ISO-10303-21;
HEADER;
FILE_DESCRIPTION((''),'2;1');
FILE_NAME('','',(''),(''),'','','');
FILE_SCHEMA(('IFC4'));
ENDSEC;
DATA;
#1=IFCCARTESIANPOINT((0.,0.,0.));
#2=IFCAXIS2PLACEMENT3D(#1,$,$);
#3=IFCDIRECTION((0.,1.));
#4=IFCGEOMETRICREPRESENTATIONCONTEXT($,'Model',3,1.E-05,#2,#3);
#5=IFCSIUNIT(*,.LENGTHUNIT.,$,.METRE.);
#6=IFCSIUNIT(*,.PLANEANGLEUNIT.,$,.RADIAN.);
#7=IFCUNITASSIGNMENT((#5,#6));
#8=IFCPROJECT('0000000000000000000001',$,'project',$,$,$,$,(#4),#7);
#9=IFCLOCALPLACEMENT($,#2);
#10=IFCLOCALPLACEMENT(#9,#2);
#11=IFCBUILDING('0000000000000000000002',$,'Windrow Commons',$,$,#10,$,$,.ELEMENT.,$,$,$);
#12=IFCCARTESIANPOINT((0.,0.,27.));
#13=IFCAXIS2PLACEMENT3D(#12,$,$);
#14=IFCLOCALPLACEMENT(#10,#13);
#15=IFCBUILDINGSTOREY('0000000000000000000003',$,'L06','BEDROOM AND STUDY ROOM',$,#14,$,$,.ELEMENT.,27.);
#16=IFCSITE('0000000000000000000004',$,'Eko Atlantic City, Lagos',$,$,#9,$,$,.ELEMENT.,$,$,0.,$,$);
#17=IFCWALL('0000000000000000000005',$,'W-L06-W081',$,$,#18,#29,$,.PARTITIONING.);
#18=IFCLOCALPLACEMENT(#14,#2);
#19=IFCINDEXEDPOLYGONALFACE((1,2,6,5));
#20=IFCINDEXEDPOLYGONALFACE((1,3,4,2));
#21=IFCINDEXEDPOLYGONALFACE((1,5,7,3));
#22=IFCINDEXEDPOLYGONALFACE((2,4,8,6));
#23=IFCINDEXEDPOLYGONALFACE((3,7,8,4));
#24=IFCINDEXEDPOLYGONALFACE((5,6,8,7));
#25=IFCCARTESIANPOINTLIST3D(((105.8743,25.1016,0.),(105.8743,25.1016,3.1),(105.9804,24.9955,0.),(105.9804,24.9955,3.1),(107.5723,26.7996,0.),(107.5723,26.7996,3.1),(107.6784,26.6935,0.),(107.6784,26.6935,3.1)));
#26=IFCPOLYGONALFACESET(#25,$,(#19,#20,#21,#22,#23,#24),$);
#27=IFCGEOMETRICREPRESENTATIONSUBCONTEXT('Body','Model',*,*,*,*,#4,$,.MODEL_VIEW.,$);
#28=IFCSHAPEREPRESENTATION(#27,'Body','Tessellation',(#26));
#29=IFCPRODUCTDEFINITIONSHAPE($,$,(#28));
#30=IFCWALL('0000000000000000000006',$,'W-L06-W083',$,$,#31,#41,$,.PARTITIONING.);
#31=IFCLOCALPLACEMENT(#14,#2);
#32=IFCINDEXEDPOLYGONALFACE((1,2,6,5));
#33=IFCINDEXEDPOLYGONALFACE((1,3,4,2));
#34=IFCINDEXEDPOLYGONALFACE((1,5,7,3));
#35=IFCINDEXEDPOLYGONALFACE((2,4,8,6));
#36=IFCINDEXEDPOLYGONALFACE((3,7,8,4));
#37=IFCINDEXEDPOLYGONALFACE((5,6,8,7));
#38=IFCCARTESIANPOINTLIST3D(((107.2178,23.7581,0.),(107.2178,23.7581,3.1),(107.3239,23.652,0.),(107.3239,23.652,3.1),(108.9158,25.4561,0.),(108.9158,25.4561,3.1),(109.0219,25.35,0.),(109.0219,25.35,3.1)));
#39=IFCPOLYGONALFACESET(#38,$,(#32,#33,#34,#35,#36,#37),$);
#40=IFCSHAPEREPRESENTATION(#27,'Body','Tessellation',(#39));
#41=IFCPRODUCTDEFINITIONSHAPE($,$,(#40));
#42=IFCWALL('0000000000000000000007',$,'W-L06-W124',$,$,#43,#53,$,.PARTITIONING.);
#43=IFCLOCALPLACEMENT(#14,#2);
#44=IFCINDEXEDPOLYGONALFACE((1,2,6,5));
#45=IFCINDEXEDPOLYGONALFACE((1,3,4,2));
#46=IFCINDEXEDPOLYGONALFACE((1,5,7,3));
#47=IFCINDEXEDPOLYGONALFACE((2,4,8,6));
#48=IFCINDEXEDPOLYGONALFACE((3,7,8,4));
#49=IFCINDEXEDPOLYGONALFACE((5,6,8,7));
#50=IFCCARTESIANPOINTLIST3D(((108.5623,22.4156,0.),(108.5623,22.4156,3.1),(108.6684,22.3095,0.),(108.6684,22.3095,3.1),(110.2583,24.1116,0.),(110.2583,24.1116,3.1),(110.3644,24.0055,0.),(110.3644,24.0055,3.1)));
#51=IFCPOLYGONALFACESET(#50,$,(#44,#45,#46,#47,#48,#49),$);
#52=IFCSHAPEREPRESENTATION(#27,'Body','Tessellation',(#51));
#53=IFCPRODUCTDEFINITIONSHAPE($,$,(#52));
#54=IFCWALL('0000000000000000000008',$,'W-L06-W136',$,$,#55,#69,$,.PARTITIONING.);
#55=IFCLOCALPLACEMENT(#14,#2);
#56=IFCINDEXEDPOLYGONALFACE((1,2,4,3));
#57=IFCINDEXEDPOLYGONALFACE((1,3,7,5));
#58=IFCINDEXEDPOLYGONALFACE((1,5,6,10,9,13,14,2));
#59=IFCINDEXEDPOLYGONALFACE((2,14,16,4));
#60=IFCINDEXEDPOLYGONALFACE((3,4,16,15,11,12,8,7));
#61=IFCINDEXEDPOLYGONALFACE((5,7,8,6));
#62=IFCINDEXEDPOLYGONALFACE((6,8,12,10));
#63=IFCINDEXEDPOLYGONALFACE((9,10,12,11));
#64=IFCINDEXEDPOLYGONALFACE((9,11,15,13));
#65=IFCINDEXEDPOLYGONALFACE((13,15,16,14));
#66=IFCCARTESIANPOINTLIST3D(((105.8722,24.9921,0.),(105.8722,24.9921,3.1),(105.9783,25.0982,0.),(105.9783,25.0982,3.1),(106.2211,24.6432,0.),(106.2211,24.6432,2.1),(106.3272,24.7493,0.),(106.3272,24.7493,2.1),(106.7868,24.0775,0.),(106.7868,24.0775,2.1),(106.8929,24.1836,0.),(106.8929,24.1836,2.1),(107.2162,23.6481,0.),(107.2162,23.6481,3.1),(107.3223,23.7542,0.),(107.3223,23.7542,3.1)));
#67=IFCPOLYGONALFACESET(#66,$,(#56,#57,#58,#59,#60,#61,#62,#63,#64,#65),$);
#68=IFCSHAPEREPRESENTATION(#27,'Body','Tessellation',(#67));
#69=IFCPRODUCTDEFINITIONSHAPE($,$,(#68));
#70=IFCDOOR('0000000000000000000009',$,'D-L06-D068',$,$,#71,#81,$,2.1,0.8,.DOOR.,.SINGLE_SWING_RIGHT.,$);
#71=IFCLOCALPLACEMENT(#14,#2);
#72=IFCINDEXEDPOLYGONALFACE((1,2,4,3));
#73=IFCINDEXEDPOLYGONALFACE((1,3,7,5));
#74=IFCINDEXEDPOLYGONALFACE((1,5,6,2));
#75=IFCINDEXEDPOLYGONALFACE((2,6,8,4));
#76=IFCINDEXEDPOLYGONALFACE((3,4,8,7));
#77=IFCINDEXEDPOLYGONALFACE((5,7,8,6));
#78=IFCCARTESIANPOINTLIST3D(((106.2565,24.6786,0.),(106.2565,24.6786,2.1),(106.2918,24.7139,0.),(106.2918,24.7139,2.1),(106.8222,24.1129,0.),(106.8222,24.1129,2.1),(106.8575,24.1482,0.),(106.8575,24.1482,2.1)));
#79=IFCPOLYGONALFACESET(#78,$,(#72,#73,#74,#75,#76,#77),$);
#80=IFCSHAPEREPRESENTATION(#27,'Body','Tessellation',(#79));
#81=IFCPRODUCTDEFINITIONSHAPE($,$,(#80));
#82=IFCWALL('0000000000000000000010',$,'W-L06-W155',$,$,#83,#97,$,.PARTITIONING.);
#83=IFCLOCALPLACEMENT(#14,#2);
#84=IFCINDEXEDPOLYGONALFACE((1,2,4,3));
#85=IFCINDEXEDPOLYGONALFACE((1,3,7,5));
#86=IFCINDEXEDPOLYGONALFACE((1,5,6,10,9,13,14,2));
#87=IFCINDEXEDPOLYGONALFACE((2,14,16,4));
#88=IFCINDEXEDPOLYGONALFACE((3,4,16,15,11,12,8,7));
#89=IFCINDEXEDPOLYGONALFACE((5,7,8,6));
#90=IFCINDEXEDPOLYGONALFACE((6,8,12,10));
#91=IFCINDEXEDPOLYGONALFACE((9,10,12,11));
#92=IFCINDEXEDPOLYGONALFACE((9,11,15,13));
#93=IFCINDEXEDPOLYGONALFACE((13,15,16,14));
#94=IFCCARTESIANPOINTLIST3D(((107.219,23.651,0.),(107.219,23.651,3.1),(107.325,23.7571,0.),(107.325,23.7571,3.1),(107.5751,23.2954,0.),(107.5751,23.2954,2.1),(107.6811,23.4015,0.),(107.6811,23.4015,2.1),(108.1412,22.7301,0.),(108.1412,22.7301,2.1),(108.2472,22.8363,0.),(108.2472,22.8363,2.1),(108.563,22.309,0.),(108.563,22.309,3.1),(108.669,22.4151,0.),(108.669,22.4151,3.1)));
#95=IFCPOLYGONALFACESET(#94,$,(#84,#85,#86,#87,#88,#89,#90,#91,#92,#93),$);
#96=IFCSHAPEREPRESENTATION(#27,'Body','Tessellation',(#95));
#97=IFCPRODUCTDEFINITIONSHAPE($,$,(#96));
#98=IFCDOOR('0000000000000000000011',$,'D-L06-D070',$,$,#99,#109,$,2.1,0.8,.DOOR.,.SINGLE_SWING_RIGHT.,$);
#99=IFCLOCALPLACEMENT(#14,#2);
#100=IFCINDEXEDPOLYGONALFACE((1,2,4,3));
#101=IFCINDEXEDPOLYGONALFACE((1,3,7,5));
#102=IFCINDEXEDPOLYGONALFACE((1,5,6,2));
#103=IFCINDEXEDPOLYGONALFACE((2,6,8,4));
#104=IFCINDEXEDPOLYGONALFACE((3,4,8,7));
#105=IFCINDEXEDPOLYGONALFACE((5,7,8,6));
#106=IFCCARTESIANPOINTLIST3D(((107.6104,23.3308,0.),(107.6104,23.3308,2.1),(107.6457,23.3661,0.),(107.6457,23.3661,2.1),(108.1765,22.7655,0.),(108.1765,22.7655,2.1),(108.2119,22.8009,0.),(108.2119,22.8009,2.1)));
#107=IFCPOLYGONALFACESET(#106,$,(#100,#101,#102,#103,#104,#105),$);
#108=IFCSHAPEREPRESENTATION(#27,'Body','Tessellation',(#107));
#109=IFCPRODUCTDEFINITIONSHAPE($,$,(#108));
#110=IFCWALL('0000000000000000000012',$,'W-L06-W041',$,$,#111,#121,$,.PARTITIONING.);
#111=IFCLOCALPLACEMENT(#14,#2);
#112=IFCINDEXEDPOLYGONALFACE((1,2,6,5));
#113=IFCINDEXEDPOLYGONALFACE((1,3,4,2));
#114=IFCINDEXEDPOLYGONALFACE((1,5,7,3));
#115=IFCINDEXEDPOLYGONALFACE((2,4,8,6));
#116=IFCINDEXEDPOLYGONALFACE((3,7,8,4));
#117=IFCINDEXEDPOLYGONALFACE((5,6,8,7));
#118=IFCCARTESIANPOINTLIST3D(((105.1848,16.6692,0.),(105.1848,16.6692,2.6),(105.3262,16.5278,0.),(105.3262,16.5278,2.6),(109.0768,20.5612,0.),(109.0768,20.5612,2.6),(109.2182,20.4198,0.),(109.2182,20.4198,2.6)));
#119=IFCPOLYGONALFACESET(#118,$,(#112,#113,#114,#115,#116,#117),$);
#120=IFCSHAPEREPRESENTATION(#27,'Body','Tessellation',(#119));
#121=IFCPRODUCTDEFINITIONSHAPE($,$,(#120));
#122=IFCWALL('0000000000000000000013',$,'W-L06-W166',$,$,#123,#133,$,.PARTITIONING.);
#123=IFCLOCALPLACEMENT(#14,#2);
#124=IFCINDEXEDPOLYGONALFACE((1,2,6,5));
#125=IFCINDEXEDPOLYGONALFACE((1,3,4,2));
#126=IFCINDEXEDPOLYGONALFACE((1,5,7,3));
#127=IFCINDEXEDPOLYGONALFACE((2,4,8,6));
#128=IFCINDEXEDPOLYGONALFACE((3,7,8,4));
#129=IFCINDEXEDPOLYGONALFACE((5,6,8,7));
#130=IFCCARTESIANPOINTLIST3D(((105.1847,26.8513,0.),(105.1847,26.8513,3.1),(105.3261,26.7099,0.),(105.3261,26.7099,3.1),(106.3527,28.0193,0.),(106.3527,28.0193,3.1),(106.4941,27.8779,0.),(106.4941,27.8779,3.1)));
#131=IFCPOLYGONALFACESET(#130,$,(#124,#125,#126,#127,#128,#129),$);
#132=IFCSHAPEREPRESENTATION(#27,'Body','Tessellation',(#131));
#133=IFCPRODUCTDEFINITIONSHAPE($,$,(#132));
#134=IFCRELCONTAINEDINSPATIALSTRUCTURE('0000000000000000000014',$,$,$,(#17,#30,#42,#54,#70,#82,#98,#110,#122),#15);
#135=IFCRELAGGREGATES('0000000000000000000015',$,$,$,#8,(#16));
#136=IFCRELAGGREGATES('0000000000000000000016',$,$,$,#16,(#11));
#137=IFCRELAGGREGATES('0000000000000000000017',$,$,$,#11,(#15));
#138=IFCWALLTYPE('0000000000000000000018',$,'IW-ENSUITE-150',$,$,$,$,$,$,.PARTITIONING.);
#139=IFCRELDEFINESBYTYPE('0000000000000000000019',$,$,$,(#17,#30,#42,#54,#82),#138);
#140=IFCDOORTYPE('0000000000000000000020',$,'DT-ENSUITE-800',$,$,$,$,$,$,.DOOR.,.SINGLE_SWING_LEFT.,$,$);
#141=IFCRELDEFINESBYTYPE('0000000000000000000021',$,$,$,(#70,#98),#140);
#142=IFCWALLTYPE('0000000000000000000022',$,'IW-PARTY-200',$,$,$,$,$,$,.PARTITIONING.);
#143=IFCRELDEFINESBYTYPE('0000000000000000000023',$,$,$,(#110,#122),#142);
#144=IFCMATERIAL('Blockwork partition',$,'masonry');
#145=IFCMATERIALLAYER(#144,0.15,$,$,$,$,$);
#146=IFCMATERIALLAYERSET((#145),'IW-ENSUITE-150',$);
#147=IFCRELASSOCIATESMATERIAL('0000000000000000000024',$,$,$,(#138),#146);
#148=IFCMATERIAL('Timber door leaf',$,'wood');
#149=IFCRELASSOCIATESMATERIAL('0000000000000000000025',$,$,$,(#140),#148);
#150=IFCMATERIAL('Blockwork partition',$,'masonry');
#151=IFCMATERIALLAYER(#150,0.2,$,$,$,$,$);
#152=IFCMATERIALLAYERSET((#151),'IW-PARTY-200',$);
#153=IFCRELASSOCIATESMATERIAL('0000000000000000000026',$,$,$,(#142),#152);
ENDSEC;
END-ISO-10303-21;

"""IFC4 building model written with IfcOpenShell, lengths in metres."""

from ifc_helpers import new_model, si_unit, direction, frame, frame_2d, origin, place, context, subcontext, project, spatial, rectangle, extrude, material, layer, layer_set, type_object, element, fill, save


model = new_model("IFC4")

# Units and contexts
model_context = context("Model", 3, precision=1e-05, world=origin(), true_north=direction((0.0, 1.0)))
body_context = subcontext(model_context, "Body", "Model", "MODEL_VIEW")
ifc_project = project(units=[si_unit("LENGTHUNIT", "METRE"), si_unit("PLANEANGLEUNIT", "RADIAN")], contexts=[model_context])

# Site, building, storey
site_placement = place(None, origin())
site = spatial("IfcSite", under=ifc_project, at=site_placement, Name="Eko Atlantic City, Lagos", CompositionType="ELEMENT", RefElevation=0.0)
building_placement = place(site_placement, origin())
building = spatial("IfcBuilding", under=site, at=building_placement, Name="Windrow Commons", CompositionType="ELEMENT")
storey_placement = place(building_placement, frame((0.0, 0.0, 27.0)))
storey = spatial("IfcBuildingStorey", under=building, at=storey_placement, Name="L06", Description="BEDROOM AND STUDY ROOM", CompositionType="ELEMENT", Elevation=27.0)

# Walls
ifc_material_1 = material(Name="Blockwork partition", Category="masonry")
ifc_layer_1 = layer(ifc_material_1, 0.15)
ifc_layer_set_1 = layer_set([ifc_layer_1], Name="IW-ENSUITE-150")
wall_type_1 = type_object("IfcWallType", Name="IW-ENSUITE-150", PredefinedType="PARTITIONING", material=ifc_layer_set_1)
for number, where, z_axis, x_axis, name in (
    (1, (105.9274, 25.0486, 0.0), (0.0, 0.0, 1.0), (0.707107, 0.707107, 0.0), "W-L06-W081"),
    (2, (107.2709, 23.7051, 0.0), (0.0, 0.0, 1.0), (0.707107, 0.707107, 0.0), "W-L06-W083"),
):
    element("IfcWall", number, at=place(storey_placement, frame(where, z_axis=z_axis, x_axis=x_axis)), inside=storey, type_object=wall_type_1, Name=name, PredefinedType="PARTITIONING", context=body_context, shape_type="SweptSolid", body=[
        extrude(rectangle(XDim=2.4013, YDim=0.15, at=frame_2d((1.2006, 0.0))), origin(), (0.0, 0.0, 1.0), 3.1),
    ])
wall_1_placement = place(storey_placement, frame((108.6154, 22.3626, 0.0), z_axis=(0.0, 0.0, 1.0), x_axis=(0.707107, 0.707107, 0.0)))
element("IfcWall", 3, at=wall_1_placement, inside=storey, type_object=wall_type_1, Name="W-L06-W124", PredefinedType="PARTITIONING", context=body_context, shape_type="SweptSolid", body=[
    extrude(rectangle(XDim=2.3985, YDim=0.15, at=frame_2d((1.1992, 0.0))), origin(), (0.0, 0.0, 1.0), 3.1),
])

# Walls, openings, doors
wall_2_placement = place(storey_placement, frame((105.9252, 25.0452, 0.0), z_axis=(0.0, 0.0, 1.0), x_axis=(0.707107, -0.707107, 0.0)))
wall_2 = element("IfcWall", 4, at=wall_2_placement, inside=storey, type_object=wall_type_1, Name="W-L06-W136", PredefinedType="PARTITIONING", context=body_context, shape_type="SweptSolid", body=[
    extrude(rectangle(XDim=1.9007, YDim=0.15, at=frame_2d((0.9504, 0.0))), origin(), (0.0, 0.0, 1.0), 3.1),
])
opening_1_placement = place(wall_2_placement, frame((0.4935, 0.0, 0.0)))
opening_1 = element("IfcOpeningElement", 5, at=opening_1_placement, cuts=wall_2, PredefinedType="OPENING", context=body_context, shape_type="SweptSolid", body=[
    extrude(rectangle(XDim=0.8, YDim=2.1, at=frame_2d((0.4, 1.05))), frame((0.0, 0.085, 0.0), z_axis=(0.0, -1.0, 0.0), x_axis=(1.0, 0.0, 0.0)), (0.0, 0.0, 1.0), 0.17),
])
ifc_material_2 = material(Name="Timber door leaf", Category="wood")
door_type = type_object("IfcDoorType", Name="DT-ENSUITE-800", OperationType="SINGLE_SWING_LEFT", PredefinedType="DOOR", material=ifc_material_2)
door_1_placement = place(opening_1_placement, origin())
door_1 = element("IfcDoor", 6, at=door_1_placement, inside=storey, type_object=door_type, Name="D-L06-D068", OperationType="SINGLE_SWING_RIGHT", OverallHeight=2.1, OverallWidth=0.8, PredefinedType="DOOR", context=body_context, shape_type="SweptSolid", body=[
    extrude(rectangle(XDim=0.8, YDim=2.1, at=frame_2d((0.4, 1.05))), frame((0.0, 0.025, 0.0), z_axis=(0.0, -1.0, 0.0), x_axis=(1.0, 0.0, 0.0)), (0.0, 0.0, 1.0), 0.05),
])
fill(opening_1, door_1)
wall_3_placement = place(storey_placement, frame((107.272, 23.704, 0.0), z_axis=(0.0, 0.0, 1.0), x_axis=(0.707633, -0.70658, 0.0)))
wall_3 = element("IfcWall", 7, at=wall_3_placement, inside=storey, type_object=wall_type_1, Name="W-L06-W155", PredefinedType="PARTITIONING", context=body_context, shape_type="SweptSolid", body=[
    extrude(rectangle(XDim=1.8993, YDim=0.15, at=frame_2d((0.9496, 0.0))), origin(), (0.0, 0.0, 1.0), 3.1),
])
opening_2_placement = place(wall_3_placement, frame((0.5032, 0.0, 0.0)))
opening_2 = element("IfcOpeningElement", 8, at=opening_2_placement, cuts=wall_3, PredefinedType="OPENING", context=body_context, shape_type="SweptSolid", body=[
    extrude(rectangle(XDim=0.8, YDim=2.1, at=frame_2d((0.4, 1.05))), frame((0.0, 0.085, 0.0), z_axis=(0.0, -1.0, 0.0), x_axis=(1.0, 0.0, 0.0)), (0.0, 0.0, 1.0), 0.17),
])
door_2_placement = place(opening_2_placement, origin())
door_2 = element("IfcDoor", 9, at=door_2_placement, inside=storey, type_object=door_type, Name="D-L06-D070", OperationType="SINGLE_SWING_RIGHT", OverallHeight=2.1, OverallWidth=0.8, PredefinedType="DOOR", context=body_context, shape_type="SweptSolid", body=[
    extrude(rectangle(XDim=0.8, YDim=2.1, at=frame_2d((0.4, 1.05))), frame((0.0, 0.025, 0.0), z_axis=(0.0, -1.0, 0.0), x_axis=(1.0, 0.0, 0.0)), (0.0, 0.0, 1.0), 0.05),
])
fill(opening_2, door_2)

# Walls
ifc_material_3 = material(Name="Blockwork partition", Category="masonry")
ifc_layer_2 = layer(ifc_material_3, 0.2)
ifc_layer_set_2 = layer_set([ifc_layer_2], Name="IW-PARTY-200")
wall_type_2 = type_object("IfcWallType", Name="IW-PARTY-200", PredefinedType="PARTITIONING", material=ifc_layer_set_2)
wall_4_placement = place(storey_placement, frame((105.2555, 16.5985, 0.0), z_axis=(0.0, 0.0, 1.0), x_axis=(0.707107, 0.707107, 0.0)))
element("IfcWall", 10, at=wall_4_placement, inside=storey, type_object=wall_type_2, Name="W-L06-W041", PredefinedType="PARTITIONING", context=body_context, shape_type="SweptSolid", body=[
    extrude(rectangle(XDim=5.5041, YDim=0.2, at=frame_2d((2.7521, 0.0))), origin(), (0.0, 0.0, 1.0), 2.6),
])
wall_5_placement = place(storey_placement, frame((105.2554, 26.7806, 0.0), z_axis=(0.0, 0.0, 1.0), x_axis=(0.707107, 0.707107, 0.0)))
element("IfcWall", 11, at=wall_5_placement, inside=storey, type_object=wall_type_2, Name="W-L06-W166", PredefinedType="PARTITIONING", context=body_context, shape_type="SweptSolid", body=[
    extrude(rectangle(XDim=1.6518, YDim=0.2, at=frame_2d((0.8259, 0.0))), origin(), (0.0, 0.0, 1.0), 3.1),
])

save(model, "model.ifc")
